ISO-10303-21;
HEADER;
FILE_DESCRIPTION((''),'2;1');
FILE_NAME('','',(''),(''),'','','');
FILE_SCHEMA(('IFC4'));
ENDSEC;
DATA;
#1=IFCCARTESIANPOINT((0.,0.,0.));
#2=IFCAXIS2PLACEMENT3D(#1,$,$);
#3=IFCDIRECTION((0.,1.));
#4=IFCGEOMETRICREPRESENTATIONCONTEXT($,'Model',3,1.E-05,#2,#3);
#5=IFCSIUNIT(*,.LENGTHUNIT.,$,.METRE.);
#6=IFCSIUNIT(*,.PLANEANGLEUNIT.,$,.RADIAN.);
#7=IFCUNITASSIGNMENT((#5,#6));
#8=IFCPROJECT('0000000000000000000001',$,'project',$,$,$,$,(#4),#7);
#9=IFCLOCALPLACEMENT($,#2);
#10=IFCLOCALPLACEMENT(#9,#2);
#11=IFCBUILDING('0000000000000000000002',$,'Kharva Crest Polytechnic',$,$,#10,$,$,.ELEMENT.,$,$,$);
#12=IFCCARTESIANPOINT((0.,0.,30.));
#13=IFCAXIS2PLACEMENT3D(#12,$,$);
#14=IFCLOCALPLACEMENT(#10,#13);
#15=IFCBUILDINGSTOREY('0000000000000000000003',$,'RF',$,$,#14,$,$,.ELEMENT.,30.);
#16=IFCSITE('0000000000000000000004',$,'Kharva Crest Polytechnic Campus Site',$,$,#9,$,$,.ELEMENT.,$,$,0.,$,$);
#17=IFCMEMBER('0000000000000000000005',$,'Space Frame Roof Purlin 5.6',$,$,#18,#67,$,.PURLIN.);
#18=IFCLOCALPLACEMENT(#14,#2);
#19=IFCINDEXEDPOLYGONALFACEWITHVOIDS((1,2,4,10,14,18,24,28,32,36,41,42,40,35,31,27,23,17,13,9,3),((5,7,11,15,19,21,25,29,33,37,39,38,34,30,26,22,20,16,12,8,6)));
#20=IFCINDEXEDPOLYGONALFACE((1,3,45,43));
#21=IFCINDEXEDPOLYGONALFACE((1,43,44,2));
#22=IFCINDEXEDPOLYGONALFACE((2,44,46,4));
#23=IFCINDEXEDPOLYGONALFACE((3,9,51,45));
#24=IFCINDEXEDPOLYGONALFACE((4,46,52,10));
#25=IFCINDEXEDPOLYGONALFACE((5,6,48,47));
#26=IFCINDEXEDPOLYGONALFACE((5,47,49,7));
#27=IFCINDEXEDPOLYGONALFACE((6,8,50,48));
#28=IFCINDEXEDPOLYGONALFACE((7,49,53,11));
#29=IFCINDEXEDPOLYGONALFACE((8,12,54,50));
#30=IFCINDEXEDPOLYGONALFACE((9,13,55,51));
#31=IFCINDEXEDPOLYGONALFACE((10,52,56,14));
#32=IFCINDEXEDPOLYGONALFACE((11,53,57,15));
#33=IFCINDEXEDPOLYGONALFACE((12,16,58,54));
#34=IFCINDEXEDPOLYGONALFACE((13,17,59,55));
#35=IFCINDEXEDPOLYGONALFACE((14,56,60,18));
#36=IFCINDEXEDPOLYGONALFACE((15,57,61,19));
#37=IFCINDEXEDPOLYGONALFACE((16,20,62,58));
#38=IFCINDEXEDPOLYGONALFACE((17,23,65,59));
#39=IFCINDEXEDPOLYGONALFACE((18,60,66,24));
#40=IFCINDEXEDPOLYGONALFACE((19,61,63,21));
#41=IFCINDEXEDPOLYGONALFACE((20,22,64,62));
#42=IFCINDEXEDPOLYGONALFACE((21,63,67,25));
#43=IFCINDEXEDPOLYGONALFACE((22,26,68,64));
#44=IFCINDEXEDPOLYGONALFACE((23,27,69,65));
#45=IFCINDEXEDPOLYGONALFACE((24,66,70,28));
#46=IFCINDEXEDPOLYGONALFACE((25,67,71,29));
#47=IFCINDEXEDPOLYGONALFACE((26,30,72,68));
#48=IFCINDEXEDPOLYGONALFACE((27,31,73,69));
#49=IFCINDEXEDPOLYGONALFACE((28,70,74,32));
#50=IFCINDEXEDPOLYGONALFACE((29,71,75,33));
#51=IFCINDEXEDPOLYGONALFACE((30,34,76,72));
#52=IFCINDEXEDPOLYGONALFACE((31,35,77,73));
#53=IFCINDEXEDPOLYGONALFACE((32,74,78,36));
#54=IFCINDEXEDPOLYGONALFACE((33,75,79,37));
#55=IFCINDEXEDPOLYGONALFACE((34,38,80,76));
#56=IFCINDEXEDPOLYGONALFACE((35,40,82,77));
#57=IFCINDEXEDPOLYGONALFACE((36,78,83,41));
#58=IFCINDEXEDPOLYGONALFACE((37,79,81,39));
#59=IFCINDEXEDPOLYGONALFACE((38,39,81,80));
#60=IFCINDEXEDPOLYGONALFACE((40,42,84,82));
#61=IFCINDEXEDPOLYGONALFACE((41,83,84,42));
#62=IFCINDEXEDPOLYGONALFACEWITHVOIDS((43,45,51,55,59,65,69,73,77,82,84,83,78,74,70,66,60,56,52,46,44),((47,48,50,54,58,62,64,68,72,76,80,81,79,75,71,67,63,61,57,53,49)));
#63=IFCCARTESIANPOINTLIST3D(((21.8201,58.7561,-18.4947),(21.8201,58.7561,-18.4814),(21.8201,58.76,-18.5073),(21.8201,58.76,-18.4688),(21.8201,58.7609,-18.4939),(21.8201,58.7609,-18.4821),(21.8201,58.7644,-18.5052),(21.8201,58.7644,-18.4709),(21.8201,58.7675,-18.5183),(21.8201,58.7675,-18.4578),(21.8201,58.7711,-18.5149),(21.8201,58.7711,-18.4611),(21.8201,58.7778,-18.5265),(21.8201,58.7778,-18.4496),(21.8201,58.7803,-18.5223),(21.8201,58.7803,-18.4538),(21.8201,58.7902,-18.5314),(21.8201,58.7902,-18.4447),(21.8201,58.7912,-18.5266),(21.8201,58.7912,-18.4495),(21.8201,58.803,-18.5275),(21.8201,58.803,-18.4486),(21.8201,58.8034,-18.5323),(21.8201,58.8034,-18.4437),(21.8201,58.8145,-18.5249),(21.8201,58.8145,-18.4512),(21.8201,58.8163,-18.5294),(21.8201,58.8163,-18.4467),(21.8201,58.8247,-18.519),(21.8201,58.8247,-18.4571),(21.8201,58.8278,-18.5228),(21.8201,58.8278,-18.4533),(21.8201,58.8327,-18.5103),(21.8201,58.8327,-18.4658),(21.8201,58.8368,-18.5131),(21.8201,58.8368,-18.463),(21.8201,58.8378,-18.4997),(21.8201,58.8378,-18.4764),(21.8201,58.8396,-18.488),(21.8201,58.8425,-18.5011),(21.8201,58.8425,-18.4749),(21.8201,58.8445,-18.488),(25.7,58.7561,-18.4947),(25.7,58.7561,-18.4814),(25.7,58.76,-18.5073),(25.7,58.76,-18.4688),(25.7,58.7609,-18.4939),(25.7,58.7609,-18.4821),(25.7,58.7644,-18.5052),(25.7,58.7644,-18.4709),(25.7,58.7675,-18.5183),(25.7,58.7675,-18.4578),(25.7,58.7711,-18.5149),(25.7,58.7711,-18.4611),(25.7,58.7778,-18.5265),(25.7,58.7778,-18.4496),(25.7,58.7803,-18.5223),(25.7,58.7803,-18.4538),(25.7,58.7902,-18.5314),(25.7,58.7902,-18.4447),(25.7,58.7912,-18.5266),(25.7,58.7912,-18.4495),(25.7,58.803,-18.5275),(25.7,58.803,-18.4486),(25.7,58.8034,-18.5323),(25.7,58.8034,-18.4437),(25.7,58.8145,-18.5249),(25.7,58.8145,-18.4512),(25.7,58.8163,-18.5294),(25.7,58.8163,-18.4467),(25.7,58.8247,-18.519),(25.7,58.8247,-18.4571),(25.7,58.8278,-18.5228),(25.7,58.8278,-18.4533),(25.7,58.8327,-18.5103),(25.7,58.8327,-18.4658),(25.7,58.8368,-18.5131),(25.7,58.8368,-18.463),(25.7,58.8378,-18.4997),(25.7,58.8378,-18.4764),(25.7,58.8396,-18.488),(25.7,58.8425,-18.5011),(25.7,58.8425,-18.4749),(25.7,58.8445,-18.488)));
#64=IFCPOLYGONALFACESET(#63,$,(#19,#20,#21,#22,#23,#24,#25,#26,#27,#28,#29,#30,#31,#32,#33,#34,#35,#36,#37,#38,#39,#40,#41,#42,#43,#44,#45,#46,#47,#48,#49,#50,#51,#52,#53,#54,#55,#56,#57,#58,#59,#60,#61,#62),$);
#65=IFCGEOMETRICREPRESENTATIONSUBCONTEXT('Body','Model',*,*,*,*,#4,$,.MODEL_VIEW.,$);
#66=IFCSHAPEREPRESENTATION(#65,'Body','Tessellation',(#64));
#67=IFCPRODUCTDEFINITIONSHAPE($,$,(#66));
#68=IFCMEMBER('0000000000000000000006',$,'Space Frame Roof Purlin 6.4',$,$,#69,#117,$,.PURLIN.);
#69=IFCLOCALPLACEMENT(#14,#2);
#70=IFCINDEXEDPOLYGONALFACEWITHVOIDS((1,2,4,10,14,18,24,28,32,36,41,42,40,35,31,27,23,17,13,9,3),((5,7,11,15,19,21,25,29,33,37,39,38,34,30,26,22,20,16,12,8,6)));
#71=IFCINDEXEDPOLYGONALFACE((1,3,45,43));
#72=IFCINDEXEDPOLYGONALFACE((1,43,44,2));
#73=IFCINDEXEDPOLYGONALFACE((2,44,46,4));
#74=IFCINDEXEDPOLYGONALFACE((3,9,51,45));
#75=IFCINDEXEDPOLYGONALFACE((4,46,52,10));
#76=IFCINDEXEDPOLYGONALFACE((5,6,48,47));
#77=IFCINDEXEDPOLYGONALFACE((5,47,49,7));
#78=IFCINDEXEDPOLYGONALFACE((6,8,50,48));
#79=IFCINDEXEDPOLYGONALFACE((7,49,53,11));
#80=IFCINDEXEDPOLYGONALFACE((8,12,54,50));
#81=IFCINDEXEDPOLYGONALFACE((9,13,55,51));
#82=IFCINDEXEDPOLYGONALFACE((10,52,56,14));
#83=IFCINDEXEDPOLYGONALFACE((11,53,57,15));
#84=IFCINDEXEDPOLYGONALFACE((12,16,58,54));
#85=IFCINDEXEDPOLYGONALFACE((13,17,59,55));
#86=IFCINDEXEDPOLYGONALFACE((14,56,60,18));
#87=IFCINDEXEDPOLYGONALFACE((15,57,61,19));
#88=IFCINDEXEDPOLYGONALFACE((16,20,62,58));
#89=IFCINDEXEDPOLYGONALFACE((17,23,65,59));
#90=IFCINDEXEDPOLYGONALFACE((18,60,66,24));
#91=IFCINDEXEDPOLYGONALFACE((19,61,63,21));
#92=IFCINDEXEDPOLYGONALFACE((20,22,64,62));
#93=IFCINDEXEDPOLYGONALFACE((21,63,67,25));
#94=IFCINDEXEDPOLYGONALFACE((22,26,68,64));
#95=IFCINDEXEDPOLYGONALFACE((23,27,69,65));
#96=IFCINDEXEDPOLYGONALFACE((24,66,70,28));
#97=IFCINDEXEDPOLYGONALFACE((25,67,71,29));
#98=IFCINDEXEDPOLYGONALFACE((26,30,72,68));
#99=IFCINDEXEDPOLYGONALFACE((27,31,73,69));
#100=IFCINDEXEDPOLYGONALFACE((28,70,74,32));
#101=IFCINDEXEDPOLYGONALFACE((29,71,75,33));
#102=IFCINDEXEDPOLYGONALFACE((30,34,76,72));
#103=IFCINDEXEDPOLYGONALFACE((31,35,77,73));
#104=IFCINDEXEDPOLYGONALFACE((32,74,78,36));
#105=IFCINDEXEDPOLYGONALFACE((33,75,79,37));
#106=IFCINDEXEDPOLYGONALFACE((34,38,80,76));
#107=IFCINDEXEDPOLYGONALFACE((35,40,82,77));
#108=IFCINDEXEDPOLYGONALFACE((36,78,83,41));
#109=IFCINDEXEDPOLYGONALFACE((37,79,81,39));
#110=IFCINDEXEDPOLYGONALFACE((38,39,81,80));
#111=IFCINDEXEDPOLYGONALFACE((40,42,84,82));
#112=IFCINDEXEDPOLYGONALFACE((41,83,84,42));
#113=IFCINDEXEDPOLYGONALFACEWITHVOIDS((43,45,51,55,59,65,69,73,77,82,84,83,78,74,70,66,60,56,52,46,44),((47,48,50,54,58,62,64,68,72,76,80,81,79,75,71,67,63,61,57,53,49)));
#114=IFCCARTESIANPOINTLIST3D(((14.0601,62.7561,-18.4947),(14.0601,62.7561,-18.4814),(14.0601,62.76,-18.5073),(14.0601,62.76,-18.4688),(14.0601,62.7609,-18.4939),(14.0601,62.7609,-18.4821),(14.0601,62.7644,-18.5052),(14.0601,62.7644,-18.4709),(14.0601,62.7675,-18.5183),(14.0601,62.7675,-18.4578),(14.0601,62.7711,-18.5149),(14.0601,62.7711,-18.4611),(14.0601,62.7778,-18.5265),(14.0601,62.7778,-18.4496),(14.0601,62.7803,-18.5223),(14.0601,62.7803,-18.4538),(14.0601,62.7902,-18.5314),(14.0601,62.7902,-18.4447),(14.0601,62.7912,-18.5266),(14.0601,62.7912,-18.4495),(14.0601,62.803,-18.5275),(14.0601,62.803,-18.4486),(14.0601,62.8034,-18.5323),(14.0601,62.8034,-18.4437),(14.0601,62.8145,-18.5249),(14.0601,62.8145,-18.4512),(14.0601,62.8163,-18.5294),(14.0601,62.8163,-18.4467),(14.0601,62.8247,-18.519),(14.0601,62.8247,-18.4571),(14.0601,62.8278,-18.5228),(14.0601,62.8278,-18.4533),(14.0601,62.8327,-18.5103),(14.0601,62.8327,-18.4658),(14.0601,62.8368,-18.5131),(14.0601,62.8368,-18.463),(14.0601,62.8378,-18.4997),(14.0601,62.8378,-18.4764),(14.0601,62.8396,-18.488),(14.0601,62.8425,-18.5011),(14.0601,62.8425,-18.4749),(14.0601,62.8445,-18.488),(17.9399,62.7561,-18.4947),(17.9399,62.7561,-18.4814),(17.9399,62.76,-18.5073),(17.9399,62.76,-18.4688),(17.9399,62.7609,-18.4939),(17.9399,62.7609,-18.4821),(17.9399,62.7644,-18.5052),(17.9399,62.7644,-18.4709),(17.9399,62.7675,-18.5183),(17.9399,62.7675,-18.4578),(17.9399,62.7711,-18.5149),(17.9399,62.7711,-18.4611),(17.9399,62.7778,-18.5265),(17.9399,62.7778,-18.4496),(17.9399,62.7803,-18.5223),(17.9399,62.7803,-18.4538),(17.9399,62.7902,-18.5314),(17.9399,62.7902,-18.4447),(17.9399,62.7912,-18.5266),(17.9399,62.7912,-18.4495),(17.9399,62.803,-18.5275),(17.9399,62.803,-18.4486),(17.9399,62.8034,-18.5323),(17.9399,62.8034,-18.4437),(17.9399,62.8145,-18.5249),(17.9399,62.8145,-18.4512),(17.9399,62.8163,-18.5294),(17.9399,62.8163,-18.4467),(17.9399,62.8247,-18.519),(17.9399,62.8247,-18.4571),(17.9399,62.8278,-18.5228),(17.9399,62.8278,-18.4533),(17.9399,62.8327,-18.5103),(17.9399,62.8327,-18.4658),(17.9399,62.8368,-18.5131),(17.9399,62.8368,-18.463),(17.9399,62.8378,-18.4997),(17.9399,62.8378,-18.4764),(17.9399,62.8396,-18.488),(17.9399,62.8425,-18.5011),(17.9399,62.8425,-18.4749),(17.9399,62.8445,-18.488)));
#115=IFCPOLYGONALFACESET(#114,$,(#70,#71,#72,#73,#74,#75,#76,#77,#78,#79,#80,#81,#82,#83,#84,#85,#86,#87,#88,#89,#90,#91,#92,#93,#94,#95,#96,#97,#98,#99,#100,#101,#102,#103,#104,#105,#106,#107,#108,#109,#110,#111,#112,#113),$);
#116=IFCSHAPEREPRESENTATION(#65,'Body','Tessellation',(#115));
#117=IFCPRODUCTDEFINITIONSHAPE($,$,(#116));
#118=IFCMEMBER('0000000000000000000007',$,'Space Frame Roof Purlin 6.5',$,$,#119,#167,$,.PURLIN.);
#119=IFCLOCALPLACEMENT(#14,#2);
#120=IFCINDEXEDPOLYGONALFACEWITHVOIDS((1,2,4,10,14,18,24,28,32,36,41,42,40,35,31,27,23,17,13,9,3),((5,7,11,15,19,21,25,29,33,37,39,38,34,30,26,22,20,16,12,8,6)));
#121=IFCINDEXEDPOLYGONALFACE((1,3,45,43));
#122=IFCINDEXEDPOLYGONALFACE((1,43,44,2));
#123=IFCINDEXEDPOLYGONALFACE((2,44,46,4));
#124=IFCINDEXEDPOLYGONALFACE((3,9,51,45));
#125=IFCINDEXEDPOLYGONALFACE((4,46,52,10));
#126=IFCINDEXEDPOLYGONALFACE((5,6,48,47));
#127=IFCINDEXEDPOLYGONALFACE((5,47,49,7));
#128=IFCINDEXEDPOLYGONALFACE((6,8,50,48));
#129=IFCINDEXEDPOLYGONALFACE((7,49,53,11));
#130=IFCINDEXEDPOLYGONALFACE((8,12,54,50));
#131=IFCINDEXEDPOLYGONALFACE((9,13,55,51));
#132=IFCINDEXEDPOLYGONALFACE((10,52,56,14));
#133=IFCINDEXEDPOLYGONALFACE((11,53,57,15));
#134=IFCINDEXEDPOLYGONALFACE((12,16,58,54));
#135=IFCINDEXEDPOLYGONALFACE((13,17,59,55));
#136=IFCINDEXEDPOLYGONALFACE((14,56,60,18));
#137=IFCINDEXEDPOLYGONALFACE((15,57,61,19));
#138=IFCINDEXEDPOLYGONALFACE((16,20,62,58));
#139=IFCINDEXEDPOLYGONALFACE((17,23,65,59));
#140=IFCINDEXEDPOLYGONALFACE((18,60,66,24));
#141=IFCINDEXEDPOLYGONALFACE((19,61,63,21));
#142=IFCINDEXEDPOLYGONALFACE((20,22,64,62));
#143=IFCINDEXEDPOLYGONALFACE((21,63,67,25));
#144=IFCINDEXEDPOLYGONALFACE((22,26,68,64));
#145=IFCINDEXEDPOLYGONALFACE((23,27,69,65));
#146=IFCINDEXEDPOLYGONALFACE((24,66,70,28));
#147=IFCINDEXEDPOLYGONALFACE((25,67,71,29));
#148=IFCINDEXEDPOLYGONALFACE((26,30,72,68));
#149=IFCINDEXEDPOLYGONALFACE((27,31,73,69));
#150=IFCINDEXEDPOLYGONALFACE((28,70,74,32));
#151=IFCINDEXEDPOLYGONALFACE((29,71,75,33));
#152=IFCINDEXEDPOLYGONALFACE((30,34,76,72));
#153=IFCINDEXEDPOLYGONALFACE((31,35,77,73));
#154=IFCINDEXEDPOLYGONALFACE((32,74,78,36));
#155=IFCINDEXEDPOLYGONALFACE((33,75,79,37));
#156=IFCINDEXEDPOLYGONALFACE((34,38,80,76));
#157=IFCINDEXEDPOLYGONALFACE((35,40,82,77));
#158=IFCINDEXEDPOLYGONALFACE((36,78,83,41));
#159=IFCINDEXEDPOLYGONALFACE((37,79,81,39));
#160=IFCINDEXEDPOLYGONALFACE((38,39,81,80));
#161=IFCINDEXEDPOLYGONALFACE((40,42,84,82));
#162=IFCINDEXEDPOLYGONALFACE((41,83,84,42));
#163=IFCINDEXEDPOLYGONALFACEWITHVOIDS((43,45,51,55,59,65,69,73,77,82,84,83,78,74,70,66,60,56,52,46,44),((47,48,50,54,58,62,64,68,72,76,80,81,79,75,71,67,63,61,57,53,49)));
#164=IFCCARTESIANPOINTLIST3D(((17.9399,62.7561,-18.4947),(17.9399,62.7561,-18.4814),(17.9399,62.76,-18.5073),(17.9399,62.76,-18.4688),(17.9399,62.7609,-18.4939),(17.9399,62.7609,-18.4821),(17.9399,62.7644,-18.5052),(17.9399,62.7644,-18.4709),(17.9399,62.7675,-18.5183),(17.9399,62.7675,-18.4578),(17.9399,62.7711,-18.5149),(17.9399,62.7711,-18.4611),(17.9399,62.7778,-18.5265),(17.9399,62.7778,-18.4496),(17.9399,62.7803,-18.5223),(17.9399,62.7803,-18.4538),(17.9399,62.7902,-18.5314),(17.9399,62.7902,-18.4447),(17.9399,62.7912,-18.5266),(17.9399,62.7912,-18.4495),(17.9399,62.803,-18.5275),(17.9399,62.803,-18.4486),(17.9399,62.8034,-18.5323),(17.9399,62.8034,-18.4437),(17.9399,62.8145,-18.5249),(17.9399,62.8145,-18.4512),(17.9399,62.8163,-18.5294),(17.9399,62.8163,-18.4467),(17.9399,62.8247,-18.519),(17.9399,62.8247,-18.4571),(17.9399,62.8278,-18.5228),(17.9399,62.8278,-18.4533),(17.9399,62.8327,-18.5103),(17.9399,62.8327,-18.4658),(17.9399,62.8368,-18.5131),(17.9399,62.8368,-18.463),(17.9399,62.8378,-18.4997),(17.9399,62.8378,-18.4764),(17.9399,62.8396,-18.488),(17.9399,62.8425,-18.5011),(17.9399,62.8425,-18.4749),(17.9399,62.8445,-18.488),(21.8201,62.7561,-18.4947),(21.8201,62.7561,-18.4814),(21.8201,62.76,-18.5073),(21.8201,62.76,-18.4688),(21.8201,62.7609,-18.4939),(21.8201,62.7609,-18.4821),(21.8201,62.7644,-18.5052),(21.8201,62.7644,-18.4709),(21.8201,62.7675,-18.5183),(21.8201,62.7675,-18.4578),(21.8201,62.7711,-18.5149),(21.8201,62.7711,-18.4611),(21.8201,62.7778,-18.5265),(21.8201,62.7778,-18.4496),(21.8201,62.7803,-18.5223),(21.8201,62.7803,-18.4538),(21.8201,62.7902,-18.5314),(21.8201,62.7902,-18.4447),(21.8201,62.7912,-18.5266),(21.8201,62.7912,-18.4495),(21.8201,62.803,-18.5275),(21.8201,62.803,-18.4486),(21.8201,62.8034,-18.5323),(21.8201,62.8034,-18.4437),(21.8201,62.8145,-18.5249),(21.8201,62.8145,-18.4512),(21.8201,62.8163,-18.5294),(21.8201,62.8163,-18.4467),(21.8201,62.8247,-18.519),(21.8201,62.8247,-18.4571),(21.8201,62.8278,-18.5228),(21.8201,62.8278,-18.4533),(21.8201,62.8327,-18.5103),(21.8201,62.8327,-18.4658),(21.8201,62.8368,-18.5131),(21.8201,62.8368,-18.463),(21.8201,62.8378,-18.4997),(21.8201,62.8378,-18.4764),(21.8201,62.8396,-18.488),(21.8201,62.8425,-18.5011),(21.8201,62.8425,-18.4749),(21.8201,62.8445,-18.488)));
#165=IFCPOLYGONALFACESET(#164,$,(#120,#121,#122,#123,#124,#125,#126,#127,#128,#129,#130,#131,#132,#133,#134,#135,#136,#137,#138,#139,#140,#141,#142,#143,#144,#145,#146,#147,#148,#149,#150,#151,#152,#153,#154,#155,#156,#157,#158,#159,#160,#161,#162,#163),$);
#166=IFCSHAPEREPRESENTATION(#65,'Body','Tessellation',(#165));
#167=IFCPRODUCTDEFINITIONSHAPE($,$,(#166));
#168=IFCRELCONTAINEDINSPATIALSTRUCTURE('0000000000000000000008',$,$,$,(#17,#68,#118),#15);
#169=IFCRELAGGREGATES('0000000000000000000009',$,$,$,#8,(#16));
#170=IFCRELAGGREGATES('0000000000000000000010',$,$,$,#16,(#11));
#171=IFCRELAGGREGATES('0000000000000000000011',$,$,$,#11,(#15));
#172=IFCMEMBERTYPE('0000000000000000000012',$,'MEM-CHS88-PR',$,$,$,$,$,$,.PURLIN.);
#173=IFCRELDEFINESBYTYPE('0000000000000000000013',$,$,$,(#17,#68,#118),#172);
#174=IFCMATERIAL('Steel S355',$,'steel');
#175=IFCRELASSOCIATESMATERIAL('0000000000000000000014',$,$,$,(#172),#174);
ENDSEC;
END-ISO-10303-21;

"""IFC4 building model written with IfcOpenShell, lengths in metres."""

from ifc_helpers import new_model, si_unit, direction, frame, origin, origin_2d, place, context, subcontext, project, spatial, hollow_circle, extrude, material, material_profile, profile_set, type_object, element, save


model = new_model("IFC4")

# Units and contexts
model_context = context("Model", 3, precision=1e-05, world=origin(), true_north=direction((0.0, 1.0)))
body_context = subcontext(model_context, "Body", "Model", "MODEL_VIEW")
ifc_project = project(units=[si_unit("LENGTHUNIT", "METRE"), si_unit("PLANEANGLEUNIT", "RADIAN")], contexts=[model_context])

# Site, building, storey
site_placement = place(None, origin())
site = spatial("IfcSite", under=ifc_project, at=site_placement, Name="Kharva Crest Polytechnic Campus Site", CompositionType="ELEMENT", RefElevation=0.0)
building_placement = place(site_placement, origin())
building = spatial("IfcBuilding", under=site, at=building_placement, Name="Kharva Crest Polytechnic", CompositionType="ELEMENT")
storey_placement = place(building_placement, frame((0.0, 0.0, 30.0)))
storey = spatial("IfcBuildingStorey", under=building, at=storey_placement, Name="RF", CompositionType="ELEMENT", Elevation=30.0)

# Members
ifc_material = material(Name="Steel S355", Category="steel")
ifc_material_profile = material_profile(ifc_material, hollow_circle(Radius=0.0444, WallThickness=0.0049, at=origin_2d()), Name="CHS 88.9X5.0")
ifc_profile_set = profile_set([ifc_material_profile], Name="Steel S355")
member_type = type_object("IfcMemberType", Name="MEM-CHS88-PR", PredefinedType="PURLIN", material=ifc_profile_set)
for number, where, z_axis, x_axis, name in (
    (1, (21.8201, 58.8, -18.488), (1.0, 0.0, 0.0), (0.0, 1.0, 0.0), "Space Frame Roof Purlin 5.6"),
    (2, (14.0601, 62.8, -18.488), (1.0, 0.0, 0.0), (0.0, 1.0, 0.0), "Space Frame Roof Purlin 6.4"),
):
    element("IfcMember", number, at=place(storey_placement, frame(where, z_axis=z_axis, x_axis=x_axis)), inside=storey, type_object=member_type, Name=name, PredefinedType="PURLIN", context=body_context, shape_type="SweptSolid", body=[
        extrude(hollow_circle(Radius=0.0444, WallThickness=0.0049, at=origin_2d()), origin(), (0.0, 0.0, 1.0), 3.8799),
    ])
member_1_placement = place(storey_placement, frame((17.9399, 62.8, -18.488), z_axis=(1.0, 0.0, 0.0), x_axis=(0.0, 1.0, 0.0)))
element("IfcMember", 3, at=member_1_placement, inside=storey, type_object=member_type, Name="Space Frame Roof Purlin 6.5", PredefinedType="PURLIN", context=body_context, shape_type="SweptSolid", body=[
    extrude(hollow_circle(Radius=0.0444, WallThickness=0.0049, at=origin_2d()), origin(), (0.0, 0.0, 1.0), 3.8801),
])

save(model, "model.ifc")
